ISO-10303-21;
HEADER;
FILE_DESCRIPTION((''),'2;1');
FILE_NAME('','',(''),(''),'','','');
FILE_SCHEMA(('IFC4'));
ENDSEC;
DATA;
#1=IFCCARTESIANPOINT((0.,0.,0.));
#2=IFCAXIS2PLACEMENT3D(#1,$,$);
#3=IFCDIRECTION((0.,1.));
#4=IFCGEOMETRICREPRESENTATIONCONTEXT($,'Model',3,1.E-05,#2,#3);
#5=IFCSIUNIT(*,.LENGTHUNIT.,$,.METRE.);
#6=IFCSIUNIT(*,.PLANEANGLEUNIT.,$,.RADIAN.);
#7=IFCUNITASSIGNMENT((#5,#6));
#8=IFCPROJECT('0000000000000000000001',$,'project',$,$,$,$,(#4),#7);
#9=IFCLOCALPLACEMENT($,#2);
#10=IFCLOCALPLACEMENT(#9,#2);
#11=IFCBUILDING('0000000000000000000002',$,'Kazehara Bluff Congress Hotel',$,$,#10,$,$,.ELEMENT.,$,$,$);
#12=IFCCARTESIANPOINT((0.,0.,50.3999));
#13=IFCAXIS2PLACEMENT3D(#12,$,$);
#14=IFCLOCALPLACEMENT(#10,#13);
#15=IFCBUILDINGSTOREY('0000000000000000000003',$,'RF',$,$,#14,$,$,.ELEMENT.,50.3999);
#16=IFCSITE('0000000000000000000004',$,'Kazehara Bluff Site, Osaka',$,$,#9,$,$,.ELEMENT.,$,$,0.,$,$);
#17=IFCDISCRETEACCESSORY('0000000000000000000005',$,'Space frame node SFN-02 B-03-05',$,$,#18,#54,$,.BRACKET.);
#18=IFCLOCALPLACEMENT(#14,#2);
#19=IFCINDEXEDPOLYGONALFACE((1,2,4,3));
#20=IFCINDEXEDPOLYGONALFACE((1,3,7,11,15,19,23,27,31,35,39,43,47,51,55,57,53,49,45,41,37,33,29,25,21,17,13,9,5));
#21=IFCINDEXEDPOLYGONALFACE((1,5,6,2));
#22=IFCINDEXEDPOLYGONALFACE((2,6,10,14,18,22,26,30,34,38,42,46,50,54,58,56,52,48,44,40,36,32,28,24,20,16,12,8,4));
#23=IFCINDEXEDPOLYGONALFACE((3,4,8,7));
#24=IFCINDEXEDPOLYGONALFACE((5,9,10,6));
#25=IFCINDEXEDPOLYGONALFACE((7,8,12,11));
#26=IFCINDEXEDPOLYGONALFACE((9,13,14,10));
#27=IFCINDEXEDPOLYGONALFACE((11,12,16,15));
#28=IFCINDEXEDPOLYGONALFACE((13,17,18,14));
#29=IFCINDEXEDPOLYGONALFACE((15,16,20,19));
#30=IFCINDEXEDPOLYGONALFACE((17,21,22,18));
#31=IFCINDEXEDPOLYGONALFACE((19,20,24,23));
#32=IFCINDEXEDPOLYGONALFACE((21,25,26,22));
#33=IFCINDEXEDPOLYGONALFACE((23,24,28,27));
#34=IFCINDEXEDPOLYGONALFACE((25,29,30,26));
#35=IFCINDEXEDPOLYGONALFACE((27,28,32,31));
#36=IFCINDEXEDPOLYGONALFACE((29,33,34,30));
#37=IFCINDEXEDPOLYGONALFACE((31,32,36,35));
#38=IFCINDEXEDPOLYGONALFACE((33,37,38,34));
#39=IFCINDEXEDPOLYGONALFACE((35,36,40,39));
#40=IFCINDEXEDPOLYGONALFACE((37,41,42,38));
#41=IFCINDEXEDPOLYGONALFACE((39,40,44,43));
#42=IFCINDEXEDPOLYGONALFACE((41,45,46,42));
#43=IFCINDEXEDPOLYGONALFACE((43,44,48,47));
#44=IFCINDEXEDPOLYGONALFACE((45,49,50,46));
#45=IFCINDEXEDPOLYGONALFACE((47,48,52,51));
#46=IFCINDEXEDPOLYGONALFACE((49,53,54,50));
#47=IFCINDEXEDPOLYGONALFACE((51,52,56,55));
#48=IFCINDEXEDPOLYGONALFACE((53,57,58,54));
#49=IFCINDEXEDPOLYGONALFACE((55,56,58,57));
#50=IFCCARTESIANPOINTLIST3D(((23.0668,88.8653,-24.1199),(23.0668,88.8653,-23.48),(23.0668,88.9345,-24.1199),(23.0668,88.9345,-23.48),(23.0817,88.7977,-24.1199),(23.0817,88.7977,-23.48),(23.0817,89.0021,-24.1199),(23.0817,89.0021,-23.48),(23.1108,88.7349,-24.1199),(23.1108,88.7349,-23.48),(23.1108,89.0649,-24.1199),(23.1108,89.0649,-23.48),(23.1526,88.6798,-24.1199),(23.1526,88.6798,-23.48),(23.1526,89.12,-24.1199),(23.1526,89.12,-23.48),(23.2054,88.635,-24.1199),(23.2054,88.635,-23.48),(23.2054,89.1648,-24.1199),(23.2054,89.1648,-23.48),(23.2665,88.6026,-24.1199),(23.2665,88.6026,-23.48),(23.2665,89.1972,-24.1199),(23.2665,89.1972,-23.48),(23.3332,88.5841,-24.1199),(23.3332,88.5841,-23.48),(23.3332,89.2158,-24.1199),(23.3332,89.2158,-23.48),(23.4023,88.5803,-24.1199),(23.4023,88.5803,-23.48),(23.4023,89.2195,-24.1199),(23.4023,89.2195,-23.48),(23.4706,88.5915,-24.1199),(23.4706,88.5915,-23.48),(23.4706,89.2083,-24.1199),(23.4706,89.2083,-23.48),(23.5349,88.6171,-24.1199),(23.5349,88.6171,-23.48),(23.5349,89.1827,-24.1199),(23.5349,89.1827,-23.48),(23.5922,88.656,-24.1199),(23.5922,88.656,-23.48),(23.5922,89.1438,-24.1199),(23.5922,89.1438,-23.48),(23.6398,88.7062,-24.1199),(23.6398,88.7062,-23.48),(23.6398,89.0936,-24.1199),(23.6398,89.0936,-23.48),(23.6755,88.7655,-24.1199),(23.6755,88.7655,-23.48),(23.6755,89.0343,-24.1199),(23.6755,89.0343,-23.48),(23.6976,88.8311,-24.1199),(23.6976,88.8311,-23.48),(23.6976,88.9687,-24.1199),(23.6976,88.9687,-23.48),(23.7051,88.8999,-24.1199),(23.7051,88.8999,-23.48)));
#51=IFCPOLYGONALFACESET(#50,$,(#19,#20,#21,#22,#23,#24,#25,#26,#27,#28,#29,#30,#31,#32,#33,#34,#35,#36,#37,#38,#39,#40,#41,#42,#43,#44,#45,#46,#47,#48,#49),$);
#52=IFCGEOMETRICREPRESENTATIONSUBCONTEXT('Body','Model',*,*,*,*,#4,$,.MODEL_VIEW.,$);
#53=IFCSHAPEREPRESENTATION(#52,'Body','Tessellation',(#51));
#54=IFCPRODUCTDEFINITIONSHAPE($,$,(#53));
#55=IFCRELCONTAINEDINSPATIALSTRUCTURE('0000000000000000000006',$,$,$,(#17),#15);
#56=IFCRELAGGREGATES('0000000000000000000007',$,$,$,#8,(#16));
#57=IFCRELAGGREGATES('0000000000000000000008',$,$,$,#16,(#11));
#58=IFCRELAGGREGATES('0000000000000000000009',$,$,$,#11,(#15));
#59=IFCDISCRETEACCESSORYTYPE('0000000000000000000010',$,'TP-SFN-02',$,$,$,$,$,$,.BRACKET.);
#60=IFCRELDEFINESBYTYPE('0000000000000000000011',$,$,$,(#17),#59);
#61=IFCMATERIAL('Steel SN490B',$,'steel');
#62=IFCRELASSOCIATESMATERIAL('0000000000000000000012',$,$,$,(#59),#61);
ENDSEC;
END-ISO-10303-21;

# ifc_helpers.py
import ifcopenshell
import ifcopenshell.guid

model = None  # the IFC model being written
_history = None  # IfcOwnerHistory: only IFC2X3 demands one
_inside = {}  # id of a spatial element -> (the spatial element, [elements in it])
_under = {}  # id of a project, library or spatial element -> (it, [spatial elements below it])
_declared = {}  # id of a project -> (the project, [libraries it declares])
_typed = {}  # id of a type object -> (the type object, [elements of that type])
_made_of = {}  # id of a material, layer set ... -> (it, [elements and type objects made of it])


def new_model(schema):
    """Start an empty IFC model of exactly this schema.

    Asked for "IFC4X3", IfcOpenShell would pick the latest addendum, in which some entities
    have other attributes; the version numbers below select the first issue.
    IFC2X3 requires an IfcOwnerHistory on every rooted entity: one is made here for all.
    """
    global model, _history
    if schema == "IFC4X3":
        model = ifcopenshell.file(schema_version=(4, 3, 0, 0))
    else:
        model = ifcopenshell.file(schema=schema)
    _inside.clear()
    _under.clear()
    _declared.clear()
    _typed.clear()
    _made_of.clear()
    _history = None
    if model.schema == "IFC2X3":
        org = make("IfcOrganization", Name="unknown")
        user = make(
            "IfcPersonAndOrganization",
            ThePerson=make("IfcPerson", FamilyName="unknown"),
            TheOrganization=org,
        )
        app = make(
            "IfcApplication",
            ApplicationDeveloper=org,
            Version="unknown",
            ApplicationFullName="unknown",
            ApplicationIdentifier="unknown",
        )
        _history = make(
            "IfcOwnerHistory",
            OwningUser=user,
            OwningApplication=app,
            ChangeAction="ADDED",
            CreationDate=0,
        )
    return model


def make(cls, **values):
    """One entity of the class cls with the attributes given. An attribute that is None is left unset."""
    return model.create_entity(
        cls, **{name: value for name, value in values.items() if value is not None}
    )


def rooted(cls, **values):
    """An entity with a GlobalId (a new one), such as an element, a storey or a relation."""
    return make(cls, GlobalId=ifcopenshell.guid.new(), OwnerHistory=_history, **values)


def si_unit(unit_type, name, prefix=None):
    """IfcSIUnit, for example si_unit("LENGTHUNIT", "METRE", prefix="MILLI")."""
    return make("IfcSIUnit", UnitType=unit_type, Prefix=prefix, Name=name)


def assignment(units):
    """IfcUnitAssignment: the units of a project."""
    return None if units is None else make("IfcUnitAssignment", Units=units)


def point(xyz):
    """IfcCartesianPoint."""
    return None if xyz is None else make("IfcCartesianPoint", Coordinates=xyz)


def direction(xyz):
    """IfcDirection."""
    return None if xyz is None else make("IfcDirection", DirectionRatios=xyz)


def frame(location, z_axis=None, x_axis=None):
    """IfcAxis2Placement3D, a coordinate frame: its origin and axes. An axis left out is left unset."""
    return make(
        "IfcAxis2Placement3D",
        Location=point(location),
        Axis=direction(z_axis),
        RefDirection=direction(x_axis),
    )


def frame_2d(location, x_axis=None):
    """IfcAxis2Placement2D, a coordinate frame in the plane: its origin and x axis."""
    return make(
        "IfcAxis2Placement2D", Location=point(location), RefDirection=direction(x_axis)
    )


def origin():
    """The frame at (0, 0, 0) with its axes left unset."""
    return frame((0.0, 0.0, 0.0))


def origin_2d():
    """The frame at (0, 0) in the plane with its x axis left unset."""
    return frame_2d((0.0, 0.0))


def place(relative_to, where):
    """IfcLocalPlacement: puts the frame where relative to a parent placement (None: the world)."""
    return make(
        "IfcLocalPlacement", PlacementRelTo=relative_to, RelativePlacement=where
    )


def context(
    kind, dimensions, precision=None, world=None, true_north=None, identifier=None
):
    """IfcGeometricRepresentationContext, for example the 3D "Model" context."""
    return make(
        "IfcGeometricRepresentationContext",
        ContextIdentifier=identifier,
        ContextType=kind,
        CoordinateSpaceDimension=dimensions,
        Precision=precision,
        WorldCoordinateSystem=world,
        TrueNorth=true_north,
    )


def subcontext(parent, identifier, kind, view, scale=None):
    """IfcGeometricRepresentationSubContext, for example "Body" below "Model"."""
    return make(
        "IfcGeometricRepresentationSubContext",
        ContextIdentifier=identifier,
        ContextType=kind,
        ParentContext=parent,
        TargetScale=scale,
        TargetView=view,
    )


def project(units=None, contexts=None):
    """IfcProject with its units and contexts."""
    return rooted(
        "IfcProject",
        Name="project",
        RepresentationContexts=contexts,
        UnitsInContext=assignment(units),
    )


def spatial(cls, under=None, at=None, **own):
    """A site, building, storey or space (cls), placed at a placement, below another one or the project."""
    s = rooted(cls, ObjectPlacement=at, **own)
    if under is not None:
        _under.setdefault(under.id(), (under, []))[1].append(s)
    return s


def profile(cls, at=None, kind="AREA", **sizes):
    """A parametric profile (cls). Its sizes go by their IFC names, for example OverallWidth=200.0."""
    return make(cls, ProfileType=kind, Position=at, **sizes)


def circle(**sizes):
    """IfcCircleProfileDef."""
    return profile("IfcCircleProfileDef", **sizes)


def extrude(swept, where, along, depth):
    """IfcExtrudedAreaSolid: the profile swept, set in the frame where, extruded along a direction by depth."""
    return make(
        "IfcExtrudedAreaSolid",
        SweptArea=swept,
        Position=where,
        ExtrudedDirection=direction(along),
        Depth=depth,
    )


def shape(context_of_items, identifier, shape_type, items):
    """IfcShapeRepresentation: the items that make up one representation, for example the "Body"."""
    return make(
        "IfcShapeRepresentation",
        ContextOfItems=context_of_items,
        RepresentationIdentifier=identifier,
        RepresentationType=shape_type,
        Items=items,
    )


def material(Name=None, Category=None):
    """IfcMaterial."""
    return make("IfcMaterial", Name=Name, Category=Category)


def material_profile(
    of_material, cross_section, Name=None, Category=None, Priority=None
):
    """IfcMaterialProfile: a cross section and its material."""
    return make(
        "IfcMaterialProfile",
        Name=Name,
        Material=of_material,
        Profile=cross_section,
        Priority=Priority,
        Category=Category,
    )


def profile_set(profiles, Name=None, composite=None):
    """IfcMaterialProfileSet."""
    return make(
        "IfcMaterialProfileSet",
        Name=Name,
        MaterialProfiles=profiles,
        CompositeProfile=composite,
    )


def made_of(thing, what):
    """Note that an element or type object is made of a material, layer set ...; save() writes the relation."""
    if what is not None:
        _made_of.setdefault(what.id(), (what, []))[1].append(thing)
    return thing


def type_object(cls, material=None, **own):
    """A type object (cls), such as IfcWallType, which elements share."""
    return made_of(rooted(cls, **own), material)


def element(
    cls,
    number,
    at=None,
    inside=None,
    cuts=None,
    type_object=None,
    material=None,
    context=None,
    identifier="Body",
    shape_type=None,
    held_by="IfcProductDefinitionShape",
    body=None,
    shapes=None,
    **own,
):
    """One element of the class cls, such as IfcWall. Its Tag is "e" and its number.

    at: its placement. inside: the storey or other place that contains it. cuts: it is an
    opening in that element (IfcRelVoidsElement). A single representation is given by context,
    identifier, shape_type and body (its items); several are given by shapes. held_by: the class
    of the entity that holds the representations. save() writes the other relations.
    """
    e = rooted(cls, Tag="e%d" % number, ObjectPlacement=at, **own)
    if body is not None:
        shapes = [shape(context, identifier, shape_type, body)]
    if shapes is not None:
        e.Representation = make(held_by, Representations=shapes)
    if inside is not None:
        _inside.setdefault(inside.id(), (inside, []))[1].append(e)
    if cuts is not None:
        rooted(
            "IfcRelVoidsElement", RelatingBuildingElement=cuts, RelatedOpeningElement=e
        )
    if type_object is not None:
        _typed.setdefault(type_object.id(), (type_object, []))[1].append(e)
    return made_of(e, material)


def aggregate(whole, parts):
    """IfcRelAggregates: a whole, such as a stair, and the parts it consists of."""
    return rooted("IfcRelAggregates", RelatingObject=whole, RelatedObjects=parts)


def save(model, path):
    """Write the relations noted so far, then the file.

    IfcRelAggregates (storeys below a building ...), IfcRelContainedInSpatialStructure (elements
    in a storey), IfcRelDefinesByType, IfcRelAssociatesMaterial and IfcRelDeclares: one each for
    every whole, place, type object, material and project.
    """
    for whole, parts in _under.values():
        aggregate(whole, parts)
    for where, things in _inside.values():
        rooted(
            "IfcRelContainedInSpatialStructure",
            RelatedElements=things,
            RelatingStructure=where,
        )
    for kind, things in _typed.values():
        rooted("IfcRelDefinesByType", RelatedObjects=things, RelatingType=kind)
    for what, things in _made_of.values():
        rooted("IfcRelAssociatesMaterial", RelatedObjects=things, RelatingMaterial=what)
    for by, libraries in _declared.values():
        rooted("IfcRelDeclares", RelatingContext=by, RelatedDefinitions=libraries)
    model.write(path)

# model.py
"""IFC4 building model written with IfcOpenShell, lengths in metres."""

from ifc_helpers import new_model, si_unit, direction, frame, origin, origin_2d, place, context, subcontext, project, spatial, circle, extrude, material, material_profile, profile_set, type_object, element, save


model = new_model("IFC4")

# Units and contexts
model_context = context("Model", 3, precision=1e-05, world=origin(), true_north=direction((0.0, 1.0)))
body_context = subcontext(model_context, "Body", "Model", "MODEL_VIEW")
ifc_project = project(units=[si_unit("LENGTHUNIT", "METRE"), si_unit("PLANEANGLEUNIT", "RADIAN")], contexts=[model_context])

# Site, building, storey
site_placement = place(None, origin())
site = spatial("IfcSite", under=ifc_project, at=site_placement, Name="Kazehara Bluff Site, Osaka", CompositionType="ELEMENT", RefElevation=0.0)
building_placement = place(site_placement, origin())
building = spatial("IfcBuilding", under=site, at=building_placement, Name="Kazehara Bluff Congress Hotel", CompositionType="ELEMENT")
storey_placement = place(building_placement, frame((0.0, 0.0, 50.3999)))
storey = spatial("IfcBuildingStorey", under=building, at=storey_placement, Name="RF", CompositionType="ELEMENT", Elevation=50.3999)

# Discrete accessory
ifc_material_1 = material(Name="Steel SN490B", Category="steel")
ifc_material_profile_1 = material_profile(ifc_material_1, circle(Radius=0.3201, at=origin_2d()))
ifc_profile_set_1 = profile_set([ifc_material_profile_1], Name="Steel SN490B")
discrete_accessory_type_1 = type_object("IfcDiscreteAccessoryType", Name="TP-SFN-02", PredefinedType="BRACKET", material=ifc_profile_set_1)
for number, where, z_axis, x_axis, name in (
    (1, (23.385, 88.8999, -24.1199), (0.0, 0.0, 1.0), (1.0, 0.0, 0.0), "Space frame node SFN-02 B-03-05"),
):
    element("IfcDiscreteAccessory", number, at=place(storey_placement, frame(where, z_axis=z_axis, x_axis=x_axis)), inside=storey, type_object=discrete_accessory_type_1, Name=name, PredefinedType="BRACKET", context=body_context, shape_type="SweptSolid", body=[
        extrude(circle(Radius=0.3201, at=origin_2d()), origin(), (0.0, 0.0, 1.0), 0.6399),
    ])

save(model, "model.ifc")
